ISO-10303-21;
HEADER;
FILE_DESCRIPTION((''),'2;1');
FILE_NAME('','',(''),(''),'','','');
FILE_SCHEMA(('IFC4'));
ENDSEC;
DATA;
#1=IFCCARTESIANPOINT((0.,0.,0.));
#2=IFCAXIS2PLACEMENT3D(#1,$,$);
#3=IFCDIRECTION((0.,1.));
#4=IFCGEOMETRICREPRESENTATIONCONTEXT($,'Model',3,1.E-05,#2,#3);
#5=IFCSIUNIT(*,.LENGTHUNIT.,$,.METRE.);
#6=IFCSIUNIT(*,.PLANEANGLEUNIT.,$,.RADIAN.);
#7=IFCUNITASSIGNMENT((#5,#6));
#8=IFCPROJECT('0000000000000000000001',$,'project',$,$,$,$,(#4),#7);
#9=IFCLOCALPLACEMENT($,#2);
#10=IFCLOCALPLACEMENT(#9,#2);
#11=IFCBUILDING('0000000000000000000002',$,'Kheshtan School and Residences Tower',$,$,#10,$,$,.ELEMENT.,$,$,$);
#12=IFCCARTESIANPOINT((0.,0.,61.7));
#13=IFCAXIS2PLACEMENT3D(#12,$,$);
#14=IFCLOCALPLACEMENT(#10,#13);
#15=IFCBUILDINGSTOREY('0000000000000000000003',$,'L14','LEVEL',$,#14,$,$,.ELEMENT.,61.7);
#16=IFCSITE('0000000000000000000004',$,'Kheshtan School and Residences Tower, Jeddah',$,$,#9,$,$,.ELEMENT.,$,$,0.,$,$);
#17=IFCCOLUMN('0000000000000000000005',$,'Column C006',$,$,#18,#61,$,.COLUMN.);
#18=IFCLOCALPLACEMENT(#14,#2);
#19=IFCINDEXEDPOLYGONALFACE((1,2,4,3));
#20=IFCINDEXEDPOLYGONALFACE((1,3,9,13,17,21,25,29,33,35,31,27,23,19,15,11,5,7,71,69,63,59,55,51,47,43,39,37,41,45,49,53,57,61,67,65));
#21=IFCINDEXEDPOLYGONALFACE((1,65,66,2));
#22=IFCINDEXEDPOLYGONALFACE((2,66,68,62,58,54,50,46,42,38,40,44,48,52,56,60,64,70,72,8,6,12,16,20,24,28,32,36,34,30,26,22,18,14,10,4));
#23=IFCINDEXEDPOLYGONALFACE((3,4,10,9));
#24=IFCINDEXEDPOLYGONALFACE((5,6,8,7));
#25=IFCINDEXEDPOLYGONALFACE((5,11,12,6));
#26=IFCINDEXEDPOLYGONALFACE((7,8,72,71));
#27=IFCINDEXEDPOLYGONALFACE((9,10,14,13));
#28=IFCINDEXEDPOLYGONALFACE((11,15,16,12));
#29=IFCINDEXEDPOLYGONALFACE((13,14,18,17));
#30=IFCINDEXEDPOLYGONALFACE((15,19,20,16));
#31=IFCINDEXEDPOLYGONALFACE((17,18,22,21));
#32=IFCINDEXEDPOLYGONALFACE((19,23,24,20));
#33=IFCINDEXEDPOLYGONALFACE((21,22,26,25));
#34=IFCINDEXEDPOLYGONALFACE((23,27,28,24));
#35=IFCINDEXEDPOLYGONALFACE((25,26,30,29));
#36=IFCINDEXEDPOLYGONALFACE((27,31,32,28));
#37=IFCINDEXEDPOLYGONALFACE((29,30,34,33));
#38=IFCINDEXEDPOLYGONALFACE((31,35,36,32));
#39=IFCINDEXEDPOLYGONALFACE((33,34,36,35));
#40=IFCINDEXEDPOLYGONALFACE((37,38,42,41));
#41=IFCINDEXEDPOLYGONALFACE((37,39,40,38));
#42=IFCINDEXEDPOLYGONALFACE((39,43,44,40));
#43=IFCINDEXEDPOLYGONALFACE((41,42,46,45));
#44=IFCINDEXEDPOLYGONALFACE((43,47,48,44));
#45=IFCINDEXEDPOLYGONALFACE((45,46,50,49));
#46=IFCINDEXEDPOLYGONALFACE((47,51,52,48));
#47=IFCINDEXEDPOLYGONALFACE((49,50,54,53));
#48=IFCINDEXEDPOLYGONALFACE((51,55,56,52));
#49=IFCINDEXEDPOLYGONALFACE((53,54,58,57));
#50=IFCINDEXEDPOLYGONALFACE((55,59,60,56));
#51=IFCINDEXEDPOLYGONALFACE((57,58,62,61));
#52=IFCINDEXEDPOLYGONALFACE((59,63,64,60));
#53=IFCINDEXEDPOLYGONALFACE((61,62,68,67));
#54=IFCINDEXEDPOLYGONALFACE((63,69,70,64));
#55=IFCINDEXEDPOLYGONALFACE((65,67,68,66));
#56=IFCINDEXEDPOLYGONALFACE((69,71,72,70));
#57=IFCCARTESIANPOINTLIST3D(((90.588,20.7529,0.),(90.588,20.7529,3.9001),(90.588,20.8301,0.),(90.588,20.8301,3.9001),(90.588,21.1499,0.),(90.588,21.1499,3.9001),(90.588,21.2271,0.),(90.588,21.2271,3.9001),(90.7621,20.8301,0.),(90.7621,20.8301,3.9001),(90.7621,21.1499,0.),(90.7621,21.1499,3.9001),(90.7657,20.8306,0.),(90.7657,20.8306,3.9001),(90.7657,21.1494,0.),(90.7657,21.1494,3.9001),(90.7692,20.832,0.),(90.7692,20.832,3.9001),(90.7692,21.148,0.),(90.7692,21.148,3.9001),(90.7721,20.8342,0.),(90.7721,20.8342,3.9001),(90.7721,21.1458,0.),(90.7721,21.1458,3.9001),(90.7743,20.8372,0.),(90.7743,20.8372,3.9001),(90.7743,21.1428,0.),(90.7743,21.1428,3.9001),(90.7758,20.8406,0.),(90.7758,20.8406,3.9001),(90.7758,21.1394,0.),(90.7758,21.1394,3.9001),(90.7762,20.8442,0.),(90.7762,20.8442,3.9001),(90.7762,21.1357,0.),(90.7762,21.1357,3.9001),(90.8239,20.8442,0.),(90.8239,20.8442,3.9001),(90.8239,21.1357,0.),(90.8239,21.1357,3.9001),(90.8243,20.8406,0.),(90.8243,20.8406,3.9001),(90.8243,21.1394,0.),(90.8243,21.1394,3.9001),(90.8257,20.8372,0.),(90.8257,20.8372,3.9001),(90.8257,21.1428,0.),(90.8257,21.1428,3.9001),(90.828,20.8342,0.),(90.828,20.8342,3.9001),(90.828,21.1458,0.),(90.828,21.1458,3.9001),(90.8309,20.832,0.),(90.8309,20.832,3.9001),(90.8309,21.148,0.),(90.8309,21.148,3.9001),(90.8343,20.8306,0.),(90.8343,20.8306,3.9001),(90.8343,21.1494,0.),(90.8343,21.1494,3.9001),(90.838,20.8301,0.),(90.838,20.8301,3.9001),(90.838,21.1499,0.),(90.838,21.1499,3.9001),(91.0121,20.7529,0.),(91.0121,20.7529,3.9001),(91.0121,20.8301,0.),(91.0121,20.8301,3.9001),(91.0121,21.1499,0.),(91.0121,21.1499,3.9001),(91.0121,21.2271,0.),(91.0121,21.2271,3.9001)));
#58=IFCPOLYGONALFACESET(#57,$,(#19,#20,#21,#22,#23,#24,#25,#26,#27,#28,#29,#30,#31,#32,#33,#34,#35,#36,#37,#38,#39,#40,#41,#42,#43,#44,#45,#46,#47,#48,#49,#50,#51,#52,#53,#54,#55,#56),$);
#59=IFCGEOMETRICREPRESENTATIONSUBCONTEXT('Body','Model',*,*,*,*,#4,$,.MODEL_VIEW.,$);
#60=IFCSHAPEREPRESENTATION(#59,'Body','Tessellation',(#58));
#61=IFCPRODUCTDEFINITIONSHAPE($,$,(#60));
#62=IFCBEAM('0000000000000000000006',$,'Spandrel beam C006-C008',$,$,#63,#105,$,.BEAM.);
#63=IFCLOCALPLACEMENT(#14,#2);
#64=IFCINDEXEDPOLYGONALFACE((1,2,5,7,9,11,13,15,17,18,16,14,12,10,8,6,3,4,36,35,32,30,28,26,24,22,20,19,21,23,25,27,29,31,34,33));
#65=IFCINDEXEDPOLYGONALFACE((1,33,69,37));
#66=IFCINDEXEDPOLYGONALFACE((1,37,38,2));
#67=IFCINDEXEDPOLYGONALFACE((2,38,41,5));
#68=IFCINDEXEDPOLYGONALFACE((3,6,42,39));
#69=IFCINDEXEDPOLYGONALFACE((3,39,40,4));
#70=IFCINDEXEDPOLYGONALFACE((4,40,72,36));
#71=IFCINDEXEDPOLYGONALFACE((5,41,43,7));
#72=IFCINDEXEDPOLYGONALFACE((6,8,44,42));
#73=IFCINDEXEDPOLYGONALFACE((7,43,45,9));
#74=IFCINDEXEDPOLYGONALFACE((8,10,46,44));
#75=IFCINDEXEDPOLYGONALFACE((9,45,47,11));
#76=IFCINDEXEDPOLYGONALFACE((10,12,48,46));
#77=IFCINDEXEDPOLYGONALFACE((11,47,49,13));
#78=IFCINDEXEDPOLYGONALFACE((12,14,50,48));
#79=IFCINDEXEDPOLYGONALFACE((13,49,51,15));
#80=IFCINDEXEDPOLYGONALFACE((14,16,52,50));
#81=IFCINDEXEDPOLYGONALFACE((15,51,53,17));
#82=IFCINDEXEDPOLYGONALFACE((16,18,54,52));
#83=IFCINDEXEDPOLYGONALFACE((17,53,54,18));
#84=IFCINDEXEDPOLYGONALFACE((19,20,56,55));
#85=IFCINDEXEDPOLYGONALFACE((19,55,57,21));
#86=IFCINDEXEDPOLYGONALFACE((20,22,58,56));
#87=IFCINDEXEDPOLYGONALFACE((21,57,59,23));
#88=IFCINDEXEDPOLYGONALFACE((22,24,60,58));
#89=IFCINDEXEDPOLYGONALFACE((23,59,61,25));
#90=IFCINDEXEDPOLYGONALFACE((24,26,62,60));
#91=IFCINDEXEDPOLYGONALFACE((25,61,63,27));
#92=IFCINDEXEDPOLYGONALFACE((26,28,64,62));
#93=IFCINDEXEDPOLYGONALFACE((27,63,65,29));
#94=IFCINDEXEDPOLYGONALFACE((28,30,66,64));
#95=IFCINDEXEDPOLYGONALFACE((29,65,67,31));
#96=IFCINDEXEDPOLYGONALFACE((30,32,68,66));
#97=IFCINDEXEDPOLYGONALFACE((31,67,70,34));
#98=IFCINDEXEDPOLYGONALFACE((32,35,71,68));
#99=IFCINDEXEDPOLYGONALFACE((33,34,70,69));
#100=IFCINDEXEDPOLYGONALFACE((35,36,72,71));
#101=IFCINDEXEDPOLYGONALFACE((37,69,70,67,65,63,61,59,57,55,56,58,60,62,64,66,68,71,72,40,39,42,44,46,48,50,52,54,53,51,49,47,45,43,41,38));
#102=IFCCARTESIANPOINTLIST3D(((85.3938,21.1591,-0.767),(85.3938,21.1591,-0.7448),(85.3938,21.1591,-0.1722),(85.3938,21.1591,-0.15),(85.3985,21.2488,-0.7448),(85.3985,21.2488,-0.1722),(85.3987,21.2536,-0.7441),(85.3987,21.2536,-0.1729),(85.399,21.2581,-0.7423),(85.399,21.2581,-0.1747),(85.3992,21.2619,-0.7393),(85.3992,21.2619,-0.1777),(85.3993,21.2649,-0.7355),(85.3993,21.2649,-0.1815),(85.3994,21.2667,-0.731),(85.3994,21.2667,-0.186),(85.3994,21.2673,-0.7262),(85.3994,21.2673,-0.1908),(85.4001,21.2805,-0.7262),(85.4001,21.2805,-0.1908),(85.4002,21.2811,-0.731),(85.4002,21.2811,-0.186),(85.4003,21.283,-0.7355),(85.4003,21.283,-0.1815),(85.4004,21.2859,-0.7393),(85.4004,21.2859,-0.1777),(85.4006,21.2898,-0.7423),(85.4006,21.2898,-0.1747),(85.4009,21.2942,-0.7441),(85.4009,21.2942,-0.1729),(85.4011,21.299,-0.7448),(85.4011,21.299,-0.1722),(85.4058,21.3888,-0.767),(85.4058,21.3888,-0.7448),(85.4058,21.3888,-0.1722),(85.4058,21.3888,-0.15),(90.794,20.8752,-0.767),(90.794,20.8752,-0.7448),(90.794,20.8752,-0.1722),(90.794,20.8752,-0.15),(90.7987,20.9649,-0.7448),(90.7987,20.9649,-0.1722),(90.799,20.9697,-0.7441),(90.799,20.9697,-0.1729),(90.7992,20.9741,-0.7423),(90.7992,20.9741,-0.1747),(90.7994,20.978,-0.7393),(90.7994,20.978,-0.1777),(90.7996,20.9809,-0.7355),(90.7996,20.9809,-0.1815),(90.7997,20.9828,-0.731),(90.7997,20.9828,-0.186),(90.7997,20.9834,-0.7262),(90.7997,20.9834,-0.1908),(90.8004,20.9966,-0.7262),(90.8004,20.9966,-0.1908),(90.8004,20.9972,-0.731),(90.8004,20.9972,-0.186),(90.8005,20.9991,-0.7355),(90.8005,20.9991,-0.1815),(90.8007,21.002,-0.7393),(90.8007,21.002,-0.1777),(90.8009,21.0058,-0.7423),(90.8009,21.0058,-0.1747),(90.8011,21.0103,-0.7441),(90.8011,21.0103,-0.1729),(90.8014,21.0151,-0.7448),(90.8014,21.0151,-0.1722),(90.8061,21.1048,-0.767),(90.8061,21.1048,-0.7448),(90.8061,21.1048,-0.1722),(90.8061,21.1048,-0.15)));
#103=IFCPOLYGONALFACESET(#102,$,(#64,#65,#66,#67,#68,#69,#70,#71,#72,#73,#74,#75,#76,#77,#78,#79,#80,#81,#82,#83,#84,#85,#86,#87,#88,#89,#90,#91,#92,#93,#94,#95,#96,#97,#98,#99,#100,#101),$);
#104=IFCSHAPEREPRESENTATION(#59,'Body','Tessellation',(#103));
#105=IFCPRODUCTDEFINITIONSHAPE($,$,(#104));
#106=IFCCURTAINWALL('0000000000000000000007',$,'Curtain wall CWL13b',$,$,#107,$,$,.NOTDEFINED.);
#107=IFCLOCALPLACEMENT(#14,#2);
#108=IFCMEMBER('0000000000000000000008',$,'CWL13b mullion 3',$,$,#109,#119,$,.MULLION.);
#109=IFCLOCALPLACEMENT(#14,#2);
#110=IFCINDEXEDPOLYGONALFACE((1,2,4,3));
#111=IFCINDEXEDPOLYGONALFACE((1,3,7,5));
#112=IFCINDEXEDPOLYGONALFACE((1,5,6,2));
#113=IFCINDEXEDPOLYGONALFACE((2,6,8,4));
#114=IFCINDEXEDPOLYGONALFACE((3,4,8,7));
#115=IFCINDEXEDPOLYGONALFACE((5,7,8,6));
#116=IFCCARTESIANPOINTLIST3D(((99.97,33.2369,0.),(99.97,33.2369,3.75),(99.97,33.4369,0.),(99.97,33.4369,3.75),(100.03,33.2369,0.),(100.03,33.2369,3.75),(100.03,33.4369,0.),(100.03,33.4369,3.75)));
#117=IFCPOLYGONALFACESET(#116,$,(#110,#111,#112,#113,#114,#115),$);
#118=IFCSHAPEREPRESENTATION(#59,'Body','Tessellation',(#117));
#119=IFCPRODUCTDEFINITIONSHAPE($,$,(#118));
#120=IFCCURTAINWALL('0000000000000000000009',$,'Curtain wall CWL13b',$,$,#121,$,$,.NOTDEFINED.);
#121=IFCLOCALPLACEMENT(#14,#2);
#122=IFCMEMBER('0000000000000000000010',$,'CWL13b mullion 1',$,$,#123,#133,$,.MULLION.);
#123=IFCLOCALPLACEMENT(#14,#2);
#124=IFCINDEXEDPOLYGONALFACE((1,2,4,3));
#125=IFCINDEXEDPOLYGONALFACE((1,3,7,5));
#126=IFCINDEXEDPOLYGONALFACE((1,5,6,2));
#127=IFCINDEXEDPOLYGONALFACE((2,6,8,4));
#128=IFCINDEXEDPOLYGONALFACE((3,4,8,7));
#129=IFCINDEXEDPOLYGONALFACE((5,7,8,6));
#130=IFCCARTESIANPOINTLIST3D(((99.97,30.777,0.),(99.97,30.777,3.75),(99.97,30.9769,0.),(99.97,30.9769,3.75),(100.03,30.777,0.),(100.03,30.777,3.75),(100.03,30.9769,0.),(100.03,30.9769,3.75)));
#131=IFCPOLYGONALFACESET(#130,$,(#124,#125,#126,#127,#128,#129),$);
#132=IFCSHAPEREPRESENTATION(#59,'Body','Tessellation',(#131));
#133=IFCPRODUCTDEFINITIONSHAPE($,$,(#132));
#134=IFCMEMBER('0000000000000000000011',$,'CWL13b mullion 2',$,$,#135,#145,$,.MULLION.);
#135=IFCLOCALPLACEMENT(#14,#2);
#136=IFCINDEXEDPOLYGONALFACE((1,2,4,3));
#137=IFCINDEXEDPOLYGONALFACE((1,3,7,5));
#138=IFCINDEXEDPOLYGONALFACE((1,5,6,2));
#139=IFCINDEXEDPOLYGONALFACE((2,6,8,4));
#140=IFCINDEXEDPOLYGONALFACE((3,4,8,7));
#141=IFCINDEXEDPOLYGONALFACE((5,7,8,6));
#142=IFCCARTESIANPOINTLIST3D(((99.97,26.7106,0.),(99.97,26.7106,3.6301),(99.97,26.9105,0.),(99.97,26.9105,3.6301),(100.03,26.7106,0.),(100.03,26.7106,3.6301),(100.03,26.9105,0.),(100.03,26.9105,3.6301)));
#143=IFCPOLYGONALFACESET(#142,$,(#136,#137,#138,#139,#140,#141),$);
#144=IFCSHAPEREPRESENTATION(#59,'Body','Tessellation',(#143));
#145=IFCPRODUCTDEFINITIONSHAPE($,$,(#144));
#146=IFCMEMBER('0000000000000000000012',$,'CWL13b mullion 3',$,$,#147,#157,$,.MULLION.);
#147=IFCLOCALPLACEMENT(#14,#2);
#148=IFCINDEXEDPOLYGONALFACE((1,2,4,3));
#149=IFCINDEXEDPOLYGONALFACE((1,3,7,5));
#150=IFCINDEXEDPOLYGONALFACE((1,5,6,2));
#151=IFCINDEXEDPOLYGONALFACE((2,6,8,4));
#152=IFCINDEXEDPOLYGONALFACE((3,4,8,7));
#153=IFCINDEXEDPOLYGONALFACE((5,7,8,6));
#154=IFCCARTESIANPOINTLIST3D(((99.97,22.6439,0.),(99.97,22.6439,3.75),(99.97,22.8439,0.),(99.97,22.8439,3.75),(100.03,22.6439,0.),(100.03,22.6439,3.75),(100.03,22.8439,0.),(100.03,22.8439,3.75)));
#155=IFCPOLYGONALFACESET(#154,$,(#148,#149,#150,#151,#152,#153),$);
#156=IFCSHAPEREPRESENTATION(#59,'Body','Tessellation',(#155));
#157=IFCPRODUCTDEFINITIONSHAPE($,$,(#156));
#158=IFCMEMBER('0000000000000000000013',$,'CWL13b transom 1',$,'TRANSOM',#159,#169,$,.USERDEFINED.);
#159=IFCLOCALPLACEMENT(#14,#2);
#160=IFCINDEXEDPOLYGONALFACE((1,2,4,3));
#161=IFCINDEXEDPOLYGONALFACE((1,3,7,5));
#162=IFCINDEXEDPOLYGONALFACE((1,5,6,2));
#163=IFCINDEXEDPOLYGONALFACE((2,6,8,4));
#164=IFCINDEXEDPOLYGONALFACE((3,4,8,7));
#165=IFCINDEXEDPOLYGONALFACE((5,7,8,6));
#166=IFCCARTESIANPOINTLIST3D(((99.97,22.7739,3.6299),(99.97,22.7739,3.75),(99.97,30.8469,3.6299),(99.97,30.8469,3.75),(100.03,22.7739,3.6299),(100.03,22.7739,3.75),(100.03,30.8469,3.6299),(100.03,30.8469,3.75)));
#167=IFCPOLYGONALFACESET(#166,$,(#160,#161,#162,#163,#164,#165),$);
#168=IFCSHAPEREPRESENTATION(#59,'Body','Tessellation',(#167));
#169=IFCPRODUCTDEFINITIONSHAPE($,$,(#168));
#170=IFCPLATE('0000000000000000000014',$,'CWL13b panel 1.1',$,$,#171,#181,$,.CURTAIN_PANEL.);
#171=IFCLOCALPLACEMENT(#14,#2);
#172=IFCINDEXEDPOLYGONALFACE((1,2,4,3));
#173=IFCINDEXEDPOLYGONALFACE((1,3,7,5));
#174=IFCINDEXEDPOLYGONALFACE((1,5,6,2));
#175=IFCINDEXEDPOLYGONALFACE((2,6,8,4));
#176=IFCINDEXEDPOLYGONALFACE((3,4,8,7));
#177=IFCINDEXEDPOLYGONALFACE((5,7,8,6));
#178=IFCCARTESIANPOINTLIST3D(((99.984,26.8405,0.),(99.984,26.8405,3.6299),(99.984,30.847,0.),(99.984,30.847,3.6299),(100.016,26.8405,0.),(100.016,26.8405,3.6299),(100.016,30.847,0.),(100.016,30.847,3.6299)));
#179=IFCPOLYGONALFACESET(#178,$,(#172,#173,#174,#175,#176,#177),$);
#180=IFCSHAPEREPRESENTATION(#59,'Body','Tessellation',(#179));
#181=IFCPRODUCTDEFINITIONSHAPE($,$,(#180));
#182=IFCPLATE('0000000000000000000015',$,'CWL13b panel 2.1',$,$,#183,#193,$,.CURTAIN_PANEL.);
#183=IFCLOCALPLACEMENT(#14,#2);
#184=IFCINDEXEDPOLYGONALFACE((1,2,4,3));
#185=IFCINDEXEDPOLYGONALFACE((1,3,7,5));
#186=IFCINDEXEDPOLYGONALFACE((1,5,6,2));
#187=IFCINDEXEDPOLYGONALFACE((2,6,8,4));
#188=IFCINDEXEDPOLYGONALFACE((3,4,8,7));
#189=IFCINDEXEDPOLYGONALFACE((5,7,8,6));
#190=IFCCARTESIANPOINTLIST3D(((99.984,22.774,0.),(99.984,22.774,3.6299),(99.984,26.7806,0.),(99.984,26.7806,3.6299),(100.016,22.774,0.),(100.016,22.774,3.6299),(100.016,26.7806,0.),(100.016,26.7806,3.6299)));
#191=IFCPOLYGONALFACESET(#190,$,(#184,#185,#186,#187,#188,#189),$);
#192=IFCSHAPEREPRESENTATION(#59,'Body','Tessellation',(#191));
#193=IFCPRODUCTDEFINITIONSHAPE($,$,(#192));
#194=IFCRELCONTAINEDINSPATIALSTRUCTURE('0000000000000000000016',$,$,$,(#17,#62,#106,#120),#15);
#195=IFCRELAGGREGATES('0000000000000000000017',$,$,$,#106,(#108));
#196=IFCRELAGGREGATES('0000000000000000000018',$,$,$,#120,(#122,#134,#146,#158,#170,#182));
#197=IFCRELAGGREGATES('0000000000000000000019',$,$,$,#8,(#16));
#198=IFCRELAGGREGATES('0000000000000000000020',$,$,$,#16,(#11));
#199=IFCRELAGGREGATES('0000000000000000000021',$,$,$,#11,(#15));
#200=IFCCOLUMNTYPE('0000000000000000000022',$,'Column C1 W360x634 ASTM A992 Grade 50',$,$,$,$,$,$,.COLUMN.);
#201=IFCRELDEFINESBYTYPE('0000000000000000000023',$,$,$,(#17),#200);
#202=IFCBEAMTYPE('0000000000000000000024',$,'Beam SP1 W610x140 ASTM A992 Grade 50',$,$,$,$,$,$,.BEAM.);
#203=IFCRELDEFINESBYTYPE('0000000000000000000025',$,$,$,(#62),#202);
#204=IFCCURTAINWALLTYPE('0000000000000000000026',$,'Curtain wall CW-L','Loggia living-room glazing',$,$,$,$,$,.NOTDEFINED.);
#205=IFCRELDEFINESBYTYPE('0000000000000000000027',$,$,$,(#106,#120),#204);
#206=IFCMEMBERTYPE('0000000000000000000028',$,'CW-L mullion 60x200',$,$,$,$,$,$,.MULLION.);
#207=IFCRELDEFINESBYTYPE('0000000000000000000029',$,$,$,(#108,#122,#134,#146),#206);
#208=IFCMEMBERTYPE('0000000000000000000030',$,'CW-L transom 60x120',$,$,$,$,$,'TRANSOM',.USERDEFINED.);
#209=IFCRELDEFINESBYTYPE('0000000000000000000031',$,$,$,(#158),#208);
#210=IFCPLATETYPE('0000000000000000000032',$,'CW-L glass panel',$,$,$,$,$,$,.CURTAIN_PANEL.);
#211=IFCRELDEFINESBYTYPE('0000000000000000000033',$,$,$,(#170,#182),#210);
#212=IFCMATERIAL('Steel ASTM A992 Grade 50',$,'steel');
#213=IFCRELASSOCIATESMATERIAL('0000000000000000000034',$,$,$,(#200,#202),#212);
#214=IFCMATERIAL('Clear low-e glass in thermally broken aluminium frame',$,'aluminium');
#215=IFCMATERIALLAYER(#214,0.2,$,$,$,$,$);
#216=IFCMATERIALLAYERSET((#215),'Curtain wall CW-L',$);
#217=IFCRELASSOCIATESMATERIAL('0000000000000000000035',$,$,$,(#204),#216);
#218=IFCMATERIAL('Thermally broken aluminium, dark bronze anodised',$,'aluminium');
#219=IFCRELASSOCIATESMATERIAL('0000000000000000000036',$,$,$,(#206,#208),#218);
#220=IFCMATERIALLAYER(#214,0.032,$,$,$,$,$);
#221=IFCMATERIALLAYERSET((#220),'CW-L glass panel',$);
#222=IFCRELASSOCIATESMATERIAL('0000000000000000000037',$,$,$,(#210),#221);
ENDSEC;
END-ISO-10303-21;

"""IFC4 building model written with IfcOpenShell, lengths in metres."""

from ifc_helpers import new_model, si_unit, direction, frame, origin, origin_2d, place, context, subcontext, project, spatial, rectangle, i_section, extrude, material, layer, layer_set, material_profile, profile_set, type_object, element, aggregate, save


model = new_model("IFC4")

# Units and contexts
model_context = context("Model", 3, precision=1e-05, world=origin(), true_north=direction((0.0, 1.0)))
body_context = subcontext(model_context, "Body", "Model", "MODEL_VIEW")
ifc_project = project(units=[si_unit("LENGTHUNIT", "METRE"), si_unit("PLANEANGLEUNIT", "RADIAN")], contexts=[model_context])

# Site, building, storey
site_placement = place(None, origin())
site = spatial("IfcSite", under=ifc_project, at=site_placement, Name="Kheshtan School and Residences Tower, Jeddah", CompositionType="ELEMENT", RefElevation=0.0)
building_placement = place(site_placement, origin())
building = spatial("IfcBuilding", under=site, at=building_placement, Name="Kheshtan School and Residences Tower", CompositionType="ELEMENT")
storey_placement = place(building_placement, frame((0.0, 0.0, 61.7)))
storey = spatial("IfcBuildingStorey", under=building, at=storey_placement, Name="L14", Description="LEVEL", CompositionType="ELEMENT", Elevation=61.7)

# Column
ifc_material_1 = material(Name="Steel ASTM A992 Grade 50", Category="steel")
ifc_material_profile_1 = material_profile(ifc_material_1, i_section(OverallWidth=0.4241, OverallDepth=0.4741, WebThickness=0.0476, FlangeThickness=0.0771, FilletRadius=0.0142, at=origin_2d()), Name="W360x634")
ifc_profile_set_1 = profile_set([ifc_material_profile_1], Name="Steel ASTM A992 Grade 50")
column_type = type_object("IfcColumnType", Name="Column C1 W360x634 ASTM A992 Grade 50", PredefinedType="COLUMN", material=ifc_profile_set_1)
column_placement = place(storey_placement, frame((90.8, 20.99, 0.0), z_axis=(0.0, 0.0, 1.0), x_axis=(1.0, 0.0, 0.0)))
element("IfcColumn", 1, at=column_placement, inside=storey, type_object=column_type, Name="Column C006", PredefinedType="COLUMN", context=body_context, shape_type="SweptSolid", body=[
    extrude(i_section(OverallWidth=0.4241, OverallDepth=0.4741, WebThickness=0.0476, FlangeThickness=0.0771, FilletRadius=0.0142, at=origin_2d()), origin(), (0.0, 0.0, 1.0), 3.9001),
])

# Beam
ifc_material_profile_2 = material_profile(ifc_material_1, i_section(OverallWidth=0.23, OverallDepth=0.6169, WebThickness=0.0132, FlangeThickness=0.0222, FilletRadius=0.0186, at=origin_2d()), Name="W610x140")
ifc_profile_set_2 = profile_set([ifc_material_profile_2], Name="Steel ASTM A992 Grade 50")
beam_type = type_object("IfcBeamType", Name="Beam SP1 W610x140 ASTM A992 Grade 50", PredefinedType="BEAM", material=ifc_profile_set_2)
beam_placement = place(storey_placement, frame((90.8, 20.99, -0.4585), z_axis=(-0.998621, 0.052507, 0.0), x_axis=(-0.052507, -0.998621, 0.0)))
element("IfcBeam", 2, at=beam_placement, inside=storey, type_object=beam_type, Name="Spandrel beam C006-C008", PredefinedType="BEAM", context=body_context, shape_type="SweptSolid", body=[
    extrude(i_section(OverallWidth=0.23, OverallDepth=0.6169, WebThickness=0.0132, FlangeThickness=0.0222, FilletRadius=0.0186, at=origin_2d()), origin(), (0.0, 0.0, 1.0), 5.4077),
])

# Curtain wall, member
ifc_material_2 = material(Name="Clear low-e glass in thermally broken aluminium frame", Category="aluminium")
ifc_layer_1 = layer(ifc_material_2, 0.2)
ifc_layer_set_1 = layer_set([ifc_layer_1], Name="Curtain wall CW-L")
curtain_wall_type = type_object("IfcCurtainWallType", Name="Curtain wall CW-L", Description="Loggia living-room glazing", PredefinedType="NOTDEFINED", material=ifc_layer_set_1)
curtain_wall_1_placement = place(storey_placement, origin())
curtain_wall_1 = element("IfcCurtainWall", 3, at=curtain_wall_1_placement, inside=storey, type_object=curtain_wall_type, Name="Curtain wall CWL13b", PredefinedType="NOTDEFINED")
ifc_material_3 = material(Name="Thermally broken aluminium, dark bronze anodised", Category="aluminium")
ifc_material_profile_3 = material_profile(ifc_material_3, rectangle(XDim=0.0601, YDim=0.2, at=origin_2d()), Name="CW-L mullion 60x200")
ifc_profile_set_3 = profile_set([ifc_material_profile_3], Name="Thermally broken aluminium, dark bronze anodised")
member_type_1 = type_object("IfcMemberType", Name="CW-L mullion 60x200", PredefinedType="MULLION", material=ifc_profile_set_3)
member_1_placement = place(storey_placement, frame((100.0, 33.3369, 0.0), z_axis=(0.0, 0.0, 1.0), x_axis=(1.0, 0.0, 0.0)))
member_1 = element("IfcMember", 4, at=member_1_placement, type_object=member_type_1, Name="CWL13b mullion 3", PredefinedType="MULLION", context=body_context, shape_type="SweptSolid", body=[
    extrude(rectangle(XDim=0.0601, YDim=0.2, at=origin_2d()), origin(), (0.0, 0.0, 1.0), 3.75),
])
aggregate(curtain_wall_1, [member_1])

# Curtain wall, members, plates
curtain_wall_2_placement = place(storey_placement, origin())
curtain_wall_2 = element("IfcCurtainWall", 5, at=curtain_wall_2_placement, inside=storey, type_object=curtain_wall_type, Name="Curtain wall CWL13b", PredefinedType="NOTDEFINED")
member_2_placement = place(storey_placement, frame((100.0, 30.877, 0.0), z_axis=(0.0, 0.0, 1.0), x_axis=(1.0, 0.0, 0.0)))
member_2 = element("IfcMember", 6, at=member_2_placement, type_object=member_type_1, Name="CWL13b mullion 1", PredefinedType="MULLION", context=body_context, shape_type="SweptSolid", body=[
    extrude(rectangle(XDim=0.0601, YDim=0.2, at=origin_2d()), origin(), (0.0, 0.0, 1.0), 3.75),
])
member_3_placement = place(storey_placement, frame((100.0, 26.8105, 0.0), z_axis=(0.0, 0.0, 1.0), x_axis=(1.0, 0.0, 0.0)))
member_3 = element("IfcMember", 7, at=member_3_placement, type_object=member_type_1, Name="CWL13b mullion 2", PredefinedType="MULLION", context=body_context, shape_type="SweptSolid", body=[
    extrude(rectangle(XDim=0.0601, YDim=0.2, at=origin_2d()), origin(), (0.0, 0.0, 1.0), 3.6301),
])
member_4_placement = place(storey_placement, frame((100.0, 22.7439, 0.0), z_axis=(0.0, 0.0, 1.0), x_axis=(1.0, 0.0, 0.0)))
member_4 = element("IfcMember", 8, at=member_4_placement, type_object=member_type_1, Name="CWL13b mullion 3", PredefinedType="MULLION", context=body_context, shape_type="SweptSolid", body=[
    extrude(rectangle(XDim=0.0601, YDim=0.2, at=origin_2d()), origin(), (0.0, 0.0, 1.0), 3.75),
])
ifc_material_profile_4 = material_profile(ifc_material_3, rectangle(XDim=0.0601, YDim=0.1201, at=origin_2d()), Name="CW-L transom 60x120")
ifc_profile_set_4 = profile_set([ifc_material_profile_4], Name="Thermally broken aluminium, dark bronze anodised")
member_type_2 = type_object("IfcMemberType", Name="CW-L transom 60x120", ElementType="TRANSOM", PredefinedType="USERDEFINED", material=ifc_profile_set_4)
member_5_placement = place(storey_placement, frame((100.0, 30.8469, 3.6899), z_axis=(0.0, -1.0, 0.0), x_axis=(1.0, 0.0, 0.0)))
member_5 = element("IfcMember", 9, at=member_5_placement, type_object=member_type_2, Name="CWL13b transom 1", ObjectType="TRANSOM", PredefinedType="USERDEFINED", context=body_context, shape_type="SweptSolid", body=[
    extrude(rectangle(XDim=0.0601, YDim=0.1201, at=origin_2d()), origin(), (0.0, 0.0, 1.0), 8.073),
])
ifc_layer_2 = layer(ifc_material_2, 0.032)
ifc_layer_set_2 = layer_set([ifc_layer_2], Name="CW-L glass panel")
plate_type = type_object("IfcPlateType", Name="CW-L glass panel", PredefinedType="CURTAIN_PANEL", material=ifc_layer_set_2)
plate_1_placement = place(storey_placement, frame((100.0, 28.8438, 0.0), z_axis=(0.0, 0.0, 1.0), x_axis=(0.0, -1.0, 0.0)))
plate_1 = element("IfcPlate", 10, at=plate_1_placement, type_object=plate_type, Name="CWL13b panel 1.1", PredefinedType="CURTAIN_PANEL", context=body_context, shape_type="SweptSolid", body=[
    extrude(rectangle(XDim=4.0066, YDim=0.032, at=origin_2d()), origin(), (0.0, 0.0, 1.0), 3.6299),
])
plate_2_placement = place(storey_placement, frame((100.0, 24.7773, 0.0), z_axis=(0.0, 0.0, 1.0), x_axis=(0.0, -1.0, 0.0)))
plate_2 = element("IfcPlate", 11, at=plate_2_placement, type_object=plate_type, Name="CWL13b panel 2.1", PredefinedType="CURTAIN_PANEL", context=body_context, shape_type="SweptSolid", body=[
    extrude(rectangle(XDim=4.0066, YDim=0.032, at=origin_2d()), origin(), (0.0, 0.0, 1.0), 3.6299),
])
aggregate(curtain_wall_2, [member_2, member_3, member_4, member_5, plate_1, plate_2])

save(model, "model.ifc")
